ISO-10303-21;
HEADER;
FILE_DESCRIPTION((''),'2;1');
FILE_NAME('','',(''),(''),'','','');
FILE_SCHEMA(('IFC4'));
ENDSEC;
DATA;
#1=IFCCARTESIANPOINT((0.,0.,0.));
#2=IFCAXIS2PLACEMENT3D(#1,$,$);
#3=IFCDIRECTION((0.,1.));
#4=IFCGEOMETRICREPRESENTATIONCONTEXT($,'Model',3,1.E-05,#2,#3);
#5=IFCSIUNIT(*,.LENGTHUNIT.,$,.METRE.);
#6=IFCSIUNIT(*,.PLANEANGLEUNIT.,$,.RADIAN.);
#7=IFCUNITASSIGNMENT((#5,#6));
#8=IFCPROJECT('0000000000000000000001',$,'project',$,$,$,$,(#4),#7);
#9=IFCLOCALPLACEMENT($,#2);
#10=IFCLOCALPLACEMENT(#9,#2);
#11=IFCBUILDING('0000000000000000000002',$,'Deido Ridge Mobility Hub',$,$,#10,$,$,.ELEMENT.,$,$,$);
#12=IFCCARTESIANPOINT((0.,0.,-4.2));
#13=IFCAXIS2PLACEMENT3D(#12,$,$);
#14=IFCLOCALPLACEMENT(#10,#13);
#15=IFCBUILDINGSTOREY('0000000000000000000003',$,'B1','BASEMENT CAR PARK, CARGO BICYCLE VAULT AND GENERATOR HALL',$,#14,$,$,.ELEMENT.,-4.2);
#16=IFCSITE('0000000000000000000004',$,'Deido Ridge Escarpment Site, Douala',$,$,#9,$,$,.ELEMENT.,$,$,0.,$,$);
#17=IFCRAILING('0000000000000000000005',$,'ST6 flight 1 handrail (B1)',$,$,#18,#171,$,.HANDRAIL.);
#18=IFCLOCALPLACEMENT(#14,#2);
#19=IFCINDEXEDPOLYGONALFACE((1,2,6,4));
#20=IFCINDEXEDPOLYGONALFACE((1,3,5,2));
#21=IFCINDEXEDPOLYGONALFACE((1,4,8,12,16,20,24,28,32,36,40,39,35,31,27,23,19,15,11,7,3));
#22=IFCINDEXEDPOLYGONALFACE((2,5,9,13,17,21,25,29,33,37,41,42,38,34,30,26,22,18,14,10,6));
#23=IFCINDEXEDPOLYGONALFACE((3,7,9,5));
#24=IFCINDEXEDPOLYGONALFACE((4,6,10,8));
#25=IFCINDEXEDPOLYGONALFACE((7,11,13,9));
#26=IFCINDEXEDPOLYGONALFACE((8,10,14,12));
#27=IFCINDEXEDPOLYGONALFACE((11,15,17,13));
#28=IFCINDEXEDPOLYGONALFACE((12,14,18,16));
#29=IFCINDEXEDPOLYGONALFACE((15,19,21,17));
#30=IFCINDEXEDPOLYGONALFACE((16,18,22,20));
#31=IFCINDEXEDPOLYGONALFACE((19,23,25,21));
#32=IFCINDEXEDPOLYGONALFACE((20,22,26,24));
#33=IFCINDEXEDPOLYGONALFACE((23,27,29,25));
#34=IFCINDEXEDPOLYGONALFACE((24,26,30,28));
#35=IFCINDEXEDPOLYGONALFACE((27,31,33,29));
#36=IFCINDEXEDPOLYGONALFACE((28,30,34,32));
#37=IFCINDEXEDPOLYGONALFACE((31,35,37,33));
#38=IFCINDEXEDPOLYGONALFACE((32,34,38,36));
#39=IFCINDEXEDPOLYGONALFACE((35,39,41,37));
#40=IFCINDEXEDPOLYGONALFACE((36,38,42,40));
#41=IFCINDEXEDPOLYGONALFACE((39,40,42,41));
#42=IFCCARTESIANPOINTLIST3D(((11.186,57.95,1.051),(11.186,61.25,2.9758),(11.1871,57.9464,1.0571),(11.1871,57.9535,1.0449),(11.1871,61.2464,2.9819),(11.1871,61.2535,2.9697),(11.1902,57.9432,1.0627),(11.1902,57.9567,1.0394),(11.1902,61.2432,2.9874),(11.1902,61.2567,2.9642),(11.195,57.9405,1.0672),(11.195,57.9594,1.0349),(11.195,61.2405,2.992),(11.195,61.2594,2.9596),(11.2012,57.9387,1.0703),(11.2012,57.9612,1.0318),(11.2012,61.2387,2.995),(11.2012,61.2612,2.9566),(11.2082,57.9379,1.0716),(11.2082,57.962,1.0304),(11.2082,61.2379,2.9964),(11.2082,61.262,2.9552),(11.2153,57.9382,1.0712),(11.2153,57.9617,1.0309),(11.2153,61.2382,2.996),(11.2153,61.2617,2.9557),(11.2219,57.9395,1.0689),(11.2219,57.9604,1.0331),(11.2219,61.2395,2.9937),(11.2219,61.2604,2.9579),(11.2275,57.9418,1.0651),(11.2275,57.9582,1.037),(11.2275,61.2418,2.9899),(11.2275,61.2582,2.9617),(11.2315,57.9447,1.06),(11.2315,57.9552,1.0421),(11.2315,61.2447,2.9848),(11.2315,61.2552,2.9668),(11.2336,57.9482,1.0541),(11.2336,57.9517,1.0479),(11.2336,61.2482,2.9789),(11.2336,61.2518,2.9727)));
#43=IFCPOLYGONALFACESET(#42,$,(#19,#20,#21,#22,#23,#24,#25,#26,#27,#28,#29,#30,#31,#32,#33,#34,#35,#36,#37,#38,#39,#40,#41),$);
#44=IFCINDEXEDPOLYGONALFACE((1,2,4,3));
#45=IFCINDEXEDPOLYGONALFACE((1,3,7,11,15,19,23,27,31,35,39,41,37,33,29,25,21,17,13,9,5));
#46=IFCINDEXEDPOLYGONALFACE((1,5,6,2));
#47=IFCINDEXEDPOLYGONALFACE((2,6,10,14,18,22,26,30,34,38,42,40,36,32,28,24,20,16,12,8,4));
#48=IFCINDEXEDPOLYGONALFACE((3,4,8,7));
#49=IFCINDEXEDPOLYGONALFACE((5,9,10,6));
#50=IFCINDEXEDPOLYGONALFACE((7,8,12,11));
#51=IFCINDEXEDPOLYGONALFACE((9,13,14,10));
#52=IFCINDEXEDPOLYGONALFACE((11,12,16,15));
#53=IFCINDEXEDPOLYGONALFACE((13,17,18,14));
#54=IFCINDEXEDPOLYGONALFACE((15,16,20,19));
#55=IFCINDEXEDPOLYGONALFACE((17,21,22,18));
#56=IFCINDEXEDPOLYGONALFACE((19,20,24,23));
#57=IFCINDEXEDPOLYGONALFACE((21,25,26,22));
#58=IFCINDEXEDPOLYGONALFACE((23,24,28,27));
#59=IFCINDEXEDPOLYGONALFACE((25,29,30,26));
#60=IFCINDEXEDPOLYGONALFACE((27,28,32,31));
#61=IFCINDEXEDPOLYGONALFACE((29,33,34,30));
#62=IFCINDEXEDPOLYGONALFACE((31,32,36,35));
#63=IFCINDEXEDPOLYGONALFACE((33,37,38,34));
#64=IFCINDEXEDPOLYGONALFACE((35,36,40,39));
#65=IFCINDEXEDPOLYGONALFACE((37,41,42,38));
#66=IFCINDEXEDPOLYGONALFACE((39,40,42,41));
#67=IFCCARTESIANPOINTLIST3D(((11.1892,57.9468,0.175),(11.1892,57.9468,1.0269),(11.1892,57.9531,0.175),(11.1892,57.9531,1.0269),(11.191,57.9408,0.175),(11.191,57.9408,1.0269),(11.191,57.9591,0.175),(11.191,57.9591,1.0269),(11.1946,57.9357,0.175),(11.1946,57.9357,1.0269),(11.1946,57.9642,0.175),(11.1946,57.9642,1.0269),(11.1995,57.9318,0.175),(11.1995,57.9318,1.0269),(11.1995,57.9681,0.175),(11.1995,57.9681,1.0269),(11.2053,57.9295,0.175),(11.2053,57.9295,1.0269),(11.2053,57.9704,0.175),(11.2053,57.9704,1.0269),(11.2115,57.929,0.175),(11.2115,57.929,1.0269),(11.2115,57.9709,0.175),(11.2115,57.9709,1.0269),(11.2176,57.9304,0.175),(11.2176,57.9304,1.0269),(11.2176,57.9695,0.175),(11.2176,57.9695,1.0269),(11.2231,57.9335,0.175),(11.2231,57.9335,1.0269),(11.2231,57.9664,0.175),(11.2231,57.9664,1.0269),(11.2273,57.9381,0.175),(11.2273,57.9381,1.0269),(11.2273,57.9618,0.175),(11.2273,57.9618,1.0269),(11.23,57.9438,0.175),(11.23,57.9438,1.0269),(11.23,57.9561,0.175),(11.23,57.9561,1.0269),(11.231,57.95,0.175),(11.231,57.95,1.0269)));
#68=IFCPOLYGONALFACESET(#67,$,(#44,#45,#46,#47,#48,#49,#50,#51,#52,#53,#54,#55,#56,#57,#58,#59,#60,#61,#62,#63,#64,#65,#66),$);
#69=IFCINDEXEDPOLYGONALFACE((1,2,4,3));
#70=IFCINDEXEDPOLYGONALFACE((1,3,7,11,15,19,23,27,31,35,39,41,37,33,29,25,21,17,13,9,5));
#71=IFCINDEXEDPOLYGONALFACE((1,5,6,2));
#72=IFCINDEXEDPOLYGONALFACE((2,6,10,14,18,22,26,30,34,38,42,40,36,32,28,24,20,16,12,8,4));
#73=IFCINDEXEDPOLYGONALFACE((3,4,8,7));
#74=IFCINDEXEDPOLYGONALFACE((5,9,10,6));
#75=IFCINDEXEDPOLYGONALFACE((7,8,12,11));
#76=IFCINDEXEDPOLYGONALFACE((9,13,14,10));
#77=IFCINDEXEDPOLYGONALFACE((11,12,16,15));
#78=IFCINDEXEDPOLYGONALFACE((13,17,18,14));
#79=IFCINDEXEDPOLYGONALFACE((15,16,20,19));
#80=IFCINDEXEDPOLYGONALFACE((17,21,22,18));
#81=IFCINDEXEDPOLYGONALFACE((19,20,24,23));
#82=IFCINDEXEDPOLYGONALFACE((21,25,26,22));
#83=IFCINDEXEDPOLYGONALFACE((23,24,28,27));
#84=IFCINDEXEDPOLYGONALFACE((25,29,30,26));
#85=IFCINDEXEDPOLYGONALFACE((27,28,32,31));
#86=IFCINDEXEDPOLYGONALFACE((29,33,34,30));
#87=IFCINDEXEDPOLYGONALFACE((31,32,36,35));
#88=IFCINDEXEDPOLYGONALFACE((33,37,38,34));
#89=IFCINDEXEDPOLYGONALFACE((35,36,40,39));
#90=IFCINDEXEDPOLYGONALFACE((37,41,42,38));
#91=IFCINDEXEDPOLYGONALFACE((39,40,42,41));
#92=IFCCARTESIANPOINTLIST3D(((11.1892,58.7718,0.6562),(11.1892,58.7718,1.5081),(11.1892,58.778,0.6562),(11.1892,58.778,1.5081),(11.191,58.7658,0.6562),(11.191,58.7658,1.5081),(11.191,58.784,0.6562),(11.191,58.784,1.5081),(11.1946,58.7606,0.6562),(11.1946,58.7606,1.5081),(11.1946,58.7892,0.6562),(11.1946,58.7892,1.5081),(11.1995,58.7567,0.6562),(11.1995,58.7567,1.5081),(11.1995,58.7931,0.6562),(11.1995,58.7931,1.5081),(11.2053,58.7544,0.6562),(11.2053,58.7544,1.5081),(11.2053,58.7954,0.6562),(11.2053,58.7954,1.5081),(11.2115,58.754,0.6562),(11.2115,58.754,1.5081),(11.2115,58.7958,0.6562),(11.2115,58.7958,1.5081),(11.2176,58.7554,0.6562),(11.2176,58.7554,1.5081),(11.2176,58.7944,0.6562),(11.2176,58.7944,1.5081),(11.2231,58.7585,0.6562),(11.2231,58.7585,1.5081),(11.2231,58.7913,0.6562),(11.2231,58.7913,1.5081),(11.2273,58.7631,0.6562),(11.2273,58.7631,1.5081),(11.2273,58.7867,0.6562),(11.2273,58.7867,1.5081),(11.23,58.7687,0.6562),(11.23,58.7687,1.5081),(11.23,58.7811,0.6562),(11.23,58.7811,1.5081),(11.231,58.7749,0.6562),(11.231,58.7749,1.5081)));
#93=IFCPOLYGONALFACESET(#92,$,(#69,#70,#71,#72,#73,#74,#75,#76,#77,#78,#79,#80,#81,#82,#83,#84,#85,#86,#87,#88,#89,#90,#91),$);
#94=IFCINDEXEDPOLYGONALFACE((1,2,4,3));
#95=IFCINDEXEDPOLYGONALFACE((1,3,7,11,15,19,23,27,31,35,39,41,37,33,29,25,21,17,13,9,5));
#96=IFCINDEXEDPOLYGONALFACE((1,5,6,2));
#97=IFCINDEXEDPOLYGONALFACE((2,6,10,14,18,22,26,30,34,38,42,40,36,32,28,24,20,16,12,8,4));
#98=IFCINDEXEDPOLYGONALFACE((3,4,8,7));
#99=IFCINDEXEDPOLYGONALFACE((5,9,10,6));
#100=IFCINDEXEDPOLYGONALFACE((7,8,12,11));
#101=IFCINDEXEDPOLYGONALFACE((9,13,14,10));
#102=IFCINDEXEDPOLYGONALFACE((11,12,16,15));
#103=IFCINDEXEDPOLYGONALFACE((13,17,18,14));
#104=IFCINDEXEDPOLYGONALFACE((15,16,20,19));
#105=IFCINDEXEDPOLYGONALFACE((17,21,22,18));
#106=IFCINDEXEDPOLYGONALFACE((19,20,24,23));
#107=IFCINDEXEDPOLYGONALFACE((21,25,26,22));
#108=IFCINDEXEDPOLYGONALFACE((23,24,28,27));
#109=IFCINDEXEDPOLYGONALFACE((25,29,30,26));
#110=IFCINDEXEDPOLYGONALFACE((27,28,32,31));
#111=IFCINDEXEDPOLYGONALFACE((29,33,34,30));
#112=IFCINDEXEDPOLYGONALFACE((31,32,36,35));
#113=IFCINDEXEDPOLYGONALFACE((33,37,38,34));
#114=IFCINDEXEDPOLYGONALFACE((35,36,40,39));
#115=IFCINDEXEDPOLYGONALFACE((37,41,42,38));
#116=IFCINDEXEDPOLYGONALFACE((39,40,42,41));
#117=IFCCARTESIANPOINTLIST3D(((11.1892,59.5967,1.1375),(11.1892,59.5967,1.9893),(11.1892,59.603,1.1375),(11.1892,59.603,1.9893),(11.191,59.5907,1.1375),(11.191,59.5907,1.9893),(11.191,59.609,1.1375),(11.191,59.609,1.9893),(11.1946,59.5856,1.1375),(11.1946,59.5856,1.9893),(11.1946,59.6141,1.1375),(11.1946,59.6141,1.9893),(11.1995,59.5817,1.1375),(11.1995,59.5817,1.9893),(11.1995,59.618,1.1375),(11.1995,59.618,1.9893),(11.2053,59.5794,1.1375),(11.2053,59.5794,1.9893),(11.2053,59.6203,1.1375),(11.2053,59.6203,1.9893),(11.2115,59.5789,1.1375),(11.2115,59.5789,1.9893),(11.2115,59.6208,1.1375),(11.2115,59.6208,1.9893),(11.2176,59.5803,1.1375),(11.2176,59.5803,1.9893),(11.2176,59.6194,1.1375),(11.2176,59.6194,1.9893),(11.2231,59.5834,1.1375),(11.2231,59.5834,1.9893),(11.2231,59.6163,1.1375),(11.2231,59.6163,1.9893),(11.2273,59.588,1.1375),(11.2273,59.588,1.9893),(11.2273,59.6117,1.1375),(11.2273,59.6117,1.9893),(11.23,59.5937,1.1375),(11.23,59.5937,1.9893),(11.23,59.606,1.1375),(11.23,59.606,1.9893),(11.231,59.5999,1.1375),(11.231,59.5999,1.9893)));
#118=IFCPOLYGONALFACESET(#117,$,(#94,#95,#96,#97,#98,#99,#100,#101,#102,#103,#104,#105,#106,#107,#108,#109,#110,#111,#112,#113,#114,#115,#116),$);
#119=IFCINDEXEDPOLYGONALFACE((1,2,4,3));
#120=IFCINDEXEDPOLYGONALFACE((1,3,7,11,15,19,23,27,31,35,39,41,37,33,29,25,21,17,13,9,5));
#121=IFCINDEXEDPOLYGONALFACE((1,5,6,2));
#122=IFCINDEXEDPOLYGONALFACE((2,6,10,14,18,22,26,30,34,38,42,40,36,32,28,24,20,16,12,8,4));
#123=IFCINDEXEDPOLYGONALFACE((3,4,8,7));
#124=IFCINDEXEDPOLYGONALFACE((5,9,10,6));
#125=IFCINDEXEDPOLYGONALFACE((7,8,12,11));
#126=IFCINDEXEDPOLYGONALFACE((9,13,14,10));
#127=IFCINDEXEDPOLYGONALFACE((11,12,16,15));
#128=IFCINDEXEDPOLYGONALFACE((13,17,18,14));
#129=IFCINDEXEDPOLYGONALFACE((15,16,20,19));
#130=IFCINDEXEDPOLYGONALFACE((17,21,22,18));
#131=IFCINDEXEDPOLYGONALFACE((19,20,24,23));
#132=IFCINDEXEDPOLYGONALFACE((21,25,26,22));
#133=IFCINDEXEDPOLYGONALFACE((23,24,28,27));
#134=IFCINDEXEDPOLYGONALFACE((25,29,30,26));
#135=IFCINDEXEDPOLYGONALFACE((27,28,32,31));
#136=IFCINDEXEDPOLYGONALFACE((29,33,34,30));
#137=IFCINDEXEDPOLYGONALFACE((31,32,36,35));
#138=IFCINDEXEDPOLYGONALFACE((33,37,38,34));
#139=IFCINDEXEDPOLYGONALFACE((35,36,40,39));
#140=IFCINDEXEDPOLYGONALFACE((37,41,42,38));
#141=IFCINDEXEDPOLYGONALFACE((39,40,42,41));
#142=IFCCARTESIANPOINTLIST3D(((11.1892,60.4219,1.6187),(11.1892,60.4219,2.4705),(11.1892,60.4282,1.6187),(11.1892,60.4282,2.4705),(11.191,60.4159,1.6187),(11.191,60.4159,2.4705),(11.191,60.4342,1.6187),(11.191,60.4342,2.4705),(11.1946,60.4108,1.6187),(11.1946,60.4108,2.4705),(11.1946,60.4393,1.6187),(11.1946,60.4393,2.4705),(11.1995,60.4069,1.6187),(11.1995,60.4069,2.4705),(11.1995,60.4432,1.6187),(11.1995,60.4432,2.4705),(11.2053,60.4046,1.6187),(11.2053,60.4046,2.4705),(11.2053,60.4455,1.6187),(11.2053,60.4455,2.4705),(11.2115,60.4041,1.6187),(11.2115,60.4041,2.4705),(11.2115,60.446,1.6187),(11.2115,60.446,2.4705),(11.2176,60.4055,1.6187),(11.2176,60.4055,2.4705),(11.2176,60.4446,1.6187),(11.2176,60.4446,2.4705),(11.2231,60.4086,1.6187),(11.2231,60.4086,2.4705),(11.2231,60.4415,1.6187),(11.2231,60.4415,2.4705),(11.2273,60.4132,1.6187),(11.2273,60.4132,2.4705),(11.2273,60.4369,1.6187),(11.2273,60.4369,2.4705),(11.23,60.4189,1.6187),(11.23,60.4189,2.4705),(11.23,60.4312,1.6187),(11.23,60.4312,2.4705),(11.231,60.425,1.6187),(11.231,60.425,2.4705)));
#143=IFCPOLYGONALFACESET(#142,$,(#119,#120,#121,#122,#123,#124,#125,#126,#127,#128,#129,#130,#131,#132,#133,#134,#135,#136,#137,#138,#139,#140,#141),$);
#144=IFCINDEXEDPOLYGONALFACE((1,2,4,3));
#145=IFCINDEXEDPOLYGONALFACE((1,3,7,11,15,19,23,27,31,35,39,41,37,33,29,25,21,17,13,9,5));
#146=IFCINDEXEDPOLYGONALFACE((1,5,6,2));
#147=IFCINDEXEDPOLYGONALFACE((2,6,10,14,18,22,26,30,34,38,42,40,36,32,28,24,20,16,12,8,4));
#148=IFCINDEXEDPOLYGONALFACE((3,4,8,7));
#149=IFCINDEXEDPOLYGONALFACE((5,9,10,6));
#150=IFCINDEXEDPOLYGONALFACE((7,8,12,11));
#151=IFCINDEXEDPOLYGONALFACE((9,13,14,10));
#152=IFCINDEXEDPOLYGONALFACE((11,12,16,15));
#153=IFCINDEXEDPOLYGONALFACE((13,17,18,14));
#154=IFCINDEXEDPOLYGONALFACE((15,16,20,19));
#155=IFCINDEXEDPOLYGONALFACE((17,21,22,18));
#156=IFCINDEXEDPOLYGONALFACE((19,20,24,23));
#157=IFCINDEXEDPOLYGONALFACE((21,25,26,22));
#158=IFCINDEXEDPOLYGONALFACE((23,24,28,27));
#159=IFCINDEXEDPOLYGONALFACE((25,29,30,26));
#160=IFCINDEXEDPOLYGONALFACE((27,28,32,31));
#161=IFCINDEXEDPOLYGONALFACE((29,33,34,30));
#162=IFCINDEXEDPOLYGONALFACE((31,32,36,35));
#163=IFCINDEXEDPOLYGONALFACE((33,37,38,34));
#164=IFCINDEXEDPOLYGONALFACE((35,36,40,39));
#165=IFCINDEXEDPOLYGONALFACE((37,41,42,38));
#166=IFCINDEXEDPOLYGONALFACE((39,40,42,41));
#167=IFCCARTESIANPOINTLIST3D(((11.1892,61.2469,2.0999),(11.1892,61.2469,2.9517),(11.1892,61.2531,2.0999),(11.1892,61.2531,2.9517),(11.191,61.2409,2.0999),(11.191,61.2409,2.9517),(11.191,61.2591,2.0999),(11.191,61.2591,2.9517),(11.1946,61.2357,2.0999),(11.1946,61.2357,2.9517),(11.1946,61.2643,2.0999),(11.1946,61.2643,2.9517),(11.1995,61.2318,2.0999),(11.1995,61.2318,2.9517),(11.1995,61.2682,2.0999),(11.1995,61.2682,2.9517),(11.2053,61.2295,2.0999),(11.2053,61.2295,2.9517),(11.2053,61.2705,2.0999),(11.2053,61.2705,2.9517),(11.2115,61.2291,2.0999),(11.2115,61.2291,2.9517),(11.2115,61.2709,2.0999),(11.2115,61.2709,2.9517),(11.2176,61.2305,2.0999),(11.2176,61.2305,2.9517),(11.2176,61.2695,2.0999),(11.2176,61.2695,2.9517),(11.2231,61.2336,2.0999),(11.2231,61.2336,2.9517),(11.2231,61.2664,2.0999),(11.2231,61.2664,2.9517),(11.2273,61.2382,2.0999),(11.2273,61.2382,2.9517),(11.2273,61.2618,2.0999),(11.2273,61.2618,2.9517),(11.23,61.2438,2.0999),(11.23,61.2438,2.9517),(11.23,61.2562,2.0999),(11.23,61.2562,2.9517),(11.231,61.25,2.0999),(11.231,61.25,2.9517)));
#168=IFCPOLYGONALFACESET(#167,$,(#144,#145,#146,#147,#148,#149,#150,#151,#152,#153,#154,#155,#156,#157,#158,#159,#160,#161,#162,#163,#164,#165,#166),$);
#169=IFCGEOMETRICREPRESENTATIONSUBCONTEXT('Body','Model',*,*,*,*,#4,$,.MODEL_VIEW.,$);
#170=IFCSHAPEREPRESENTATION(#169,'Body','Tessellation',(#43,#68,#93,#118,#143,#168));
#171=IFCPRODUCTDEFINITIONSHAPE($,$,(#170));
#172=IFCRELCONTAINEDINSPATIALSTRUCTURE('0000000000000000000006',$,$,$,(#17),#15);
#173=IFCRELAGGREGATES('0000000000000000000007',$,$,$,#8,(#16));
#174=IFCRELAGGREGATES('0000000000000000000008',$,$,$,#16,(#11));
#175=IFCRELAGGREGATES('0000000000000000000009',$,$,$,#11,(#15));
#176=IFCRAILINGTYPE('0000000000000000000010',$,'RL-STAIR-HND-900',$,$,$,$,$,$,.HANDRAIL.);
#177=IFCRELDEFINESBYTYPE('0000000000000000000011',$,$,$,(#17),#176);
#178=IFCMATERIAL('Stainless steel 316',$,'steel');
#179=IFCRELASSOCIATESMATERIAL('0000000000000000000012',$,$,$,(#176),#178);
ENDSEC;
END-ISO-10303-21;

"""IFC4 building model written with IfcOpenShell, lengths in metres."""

from ifc_helpers import new_model, si_unit, direction, frame, origin, origin_2d, place, context, subcontext, project, spatial, circle, extrude, material, type_object, element, save


model = new_model("IFC4")

# Units and contexts
model_context = context("Model", 3, precision=1e-05, world=origin(), true_north=direction((0.0, 1.0)))
body_context = subcontext(model_context, "Body", "Model", "MODEL_VIEW")
ifc_project = project(units=[si_unit("LENGTHUNIT", "METRE"), si_unit("PLANEANGLEUNIT", "RADIAN")], contexts=[model_context])

# Site, building, storey
site_placement = place(None, origin())
site = spatial("IfcSite", under=ifc_project, at=site_placement, Name="Deido Ridge Escarpment Site, Douala", CompositionType="ELEMENT", RefElevation=0.0)
building_placement = place(site_placement, origin())
building = spatial("IfcBuilding", under=site, at=building_placement, Name="Deido Ridge Mobility Hub", CompositionType="ELEMENT")
storey_placement = place(building_placement, frame((0.0, 0.0, -4.2)))
storey = spatial("IfcBuildingStorey", under=building, at=storey_placement, Name="B1", Description="BASEMENT CAR PARK, CARGO BICYCLE VAULT AND GENERATOR HALL", CompositionType="ELEMENT", Elevation=-4.2)

# Shared definitions
ifc_material_1 = material(Name="Stainless steel 316", Category="steel")

# Railing
railing_type_1 = type_object("IfcRailingType", Name="RL-STAIR-HND-900", PredefinedType="HANDRAIL", material=ifc_material_1)
railing_1_placement = place(storey_placement, frame((11.21, 57.95, 0.175)))
element("IfcRailing", 1, at=railing_1_placement, inside=storey, type_object=railing_type_1, Name="ST6 flight 1 handrail (B1)", PredefinedType="HANDRAIL", context=body_context, shape_type="SweptSolid", body=[
    extrude(circle(Radius=0.0239, at=origin_2d()), frame((0.0, 0.0, 0.876), z_axis=(0.0, 0.863804, 0.503827), x_axis=(-1.0, 0.0, 0.0)), (0.0, 0.0, 1.0), 3.8203),
    extrude(circle(Radius=0.021, at=origin_2d()), origin(), (0.0, 0.0, 1.0), 0.8518),
    extrude(circle(Radius=0.021, at=origin_2d()), frame((0.0, 0.825, 0.4812)), (0.0, 0.0, 1.0), 0.8518),
    extrude(circle(Radius=0.021, at=origin_2d()), frame((0.0, 1.6499, 0.9624)), (0.0, 0.0, 1.0), 0.8518),
    extrude(circle(Radius=0.021, at=origin_2d()), frame((0.0, 2.4751, 1.4436)), (0.0, 0.0, 1.0), 0.8518),
    extrude(circle(Radius=0.021, at=origin_2d()), frame((0.0, 3.3, 1.9248)), (0.0, 0.0, 1.0), 0.8518),
])

save(model, "model.ifc")
